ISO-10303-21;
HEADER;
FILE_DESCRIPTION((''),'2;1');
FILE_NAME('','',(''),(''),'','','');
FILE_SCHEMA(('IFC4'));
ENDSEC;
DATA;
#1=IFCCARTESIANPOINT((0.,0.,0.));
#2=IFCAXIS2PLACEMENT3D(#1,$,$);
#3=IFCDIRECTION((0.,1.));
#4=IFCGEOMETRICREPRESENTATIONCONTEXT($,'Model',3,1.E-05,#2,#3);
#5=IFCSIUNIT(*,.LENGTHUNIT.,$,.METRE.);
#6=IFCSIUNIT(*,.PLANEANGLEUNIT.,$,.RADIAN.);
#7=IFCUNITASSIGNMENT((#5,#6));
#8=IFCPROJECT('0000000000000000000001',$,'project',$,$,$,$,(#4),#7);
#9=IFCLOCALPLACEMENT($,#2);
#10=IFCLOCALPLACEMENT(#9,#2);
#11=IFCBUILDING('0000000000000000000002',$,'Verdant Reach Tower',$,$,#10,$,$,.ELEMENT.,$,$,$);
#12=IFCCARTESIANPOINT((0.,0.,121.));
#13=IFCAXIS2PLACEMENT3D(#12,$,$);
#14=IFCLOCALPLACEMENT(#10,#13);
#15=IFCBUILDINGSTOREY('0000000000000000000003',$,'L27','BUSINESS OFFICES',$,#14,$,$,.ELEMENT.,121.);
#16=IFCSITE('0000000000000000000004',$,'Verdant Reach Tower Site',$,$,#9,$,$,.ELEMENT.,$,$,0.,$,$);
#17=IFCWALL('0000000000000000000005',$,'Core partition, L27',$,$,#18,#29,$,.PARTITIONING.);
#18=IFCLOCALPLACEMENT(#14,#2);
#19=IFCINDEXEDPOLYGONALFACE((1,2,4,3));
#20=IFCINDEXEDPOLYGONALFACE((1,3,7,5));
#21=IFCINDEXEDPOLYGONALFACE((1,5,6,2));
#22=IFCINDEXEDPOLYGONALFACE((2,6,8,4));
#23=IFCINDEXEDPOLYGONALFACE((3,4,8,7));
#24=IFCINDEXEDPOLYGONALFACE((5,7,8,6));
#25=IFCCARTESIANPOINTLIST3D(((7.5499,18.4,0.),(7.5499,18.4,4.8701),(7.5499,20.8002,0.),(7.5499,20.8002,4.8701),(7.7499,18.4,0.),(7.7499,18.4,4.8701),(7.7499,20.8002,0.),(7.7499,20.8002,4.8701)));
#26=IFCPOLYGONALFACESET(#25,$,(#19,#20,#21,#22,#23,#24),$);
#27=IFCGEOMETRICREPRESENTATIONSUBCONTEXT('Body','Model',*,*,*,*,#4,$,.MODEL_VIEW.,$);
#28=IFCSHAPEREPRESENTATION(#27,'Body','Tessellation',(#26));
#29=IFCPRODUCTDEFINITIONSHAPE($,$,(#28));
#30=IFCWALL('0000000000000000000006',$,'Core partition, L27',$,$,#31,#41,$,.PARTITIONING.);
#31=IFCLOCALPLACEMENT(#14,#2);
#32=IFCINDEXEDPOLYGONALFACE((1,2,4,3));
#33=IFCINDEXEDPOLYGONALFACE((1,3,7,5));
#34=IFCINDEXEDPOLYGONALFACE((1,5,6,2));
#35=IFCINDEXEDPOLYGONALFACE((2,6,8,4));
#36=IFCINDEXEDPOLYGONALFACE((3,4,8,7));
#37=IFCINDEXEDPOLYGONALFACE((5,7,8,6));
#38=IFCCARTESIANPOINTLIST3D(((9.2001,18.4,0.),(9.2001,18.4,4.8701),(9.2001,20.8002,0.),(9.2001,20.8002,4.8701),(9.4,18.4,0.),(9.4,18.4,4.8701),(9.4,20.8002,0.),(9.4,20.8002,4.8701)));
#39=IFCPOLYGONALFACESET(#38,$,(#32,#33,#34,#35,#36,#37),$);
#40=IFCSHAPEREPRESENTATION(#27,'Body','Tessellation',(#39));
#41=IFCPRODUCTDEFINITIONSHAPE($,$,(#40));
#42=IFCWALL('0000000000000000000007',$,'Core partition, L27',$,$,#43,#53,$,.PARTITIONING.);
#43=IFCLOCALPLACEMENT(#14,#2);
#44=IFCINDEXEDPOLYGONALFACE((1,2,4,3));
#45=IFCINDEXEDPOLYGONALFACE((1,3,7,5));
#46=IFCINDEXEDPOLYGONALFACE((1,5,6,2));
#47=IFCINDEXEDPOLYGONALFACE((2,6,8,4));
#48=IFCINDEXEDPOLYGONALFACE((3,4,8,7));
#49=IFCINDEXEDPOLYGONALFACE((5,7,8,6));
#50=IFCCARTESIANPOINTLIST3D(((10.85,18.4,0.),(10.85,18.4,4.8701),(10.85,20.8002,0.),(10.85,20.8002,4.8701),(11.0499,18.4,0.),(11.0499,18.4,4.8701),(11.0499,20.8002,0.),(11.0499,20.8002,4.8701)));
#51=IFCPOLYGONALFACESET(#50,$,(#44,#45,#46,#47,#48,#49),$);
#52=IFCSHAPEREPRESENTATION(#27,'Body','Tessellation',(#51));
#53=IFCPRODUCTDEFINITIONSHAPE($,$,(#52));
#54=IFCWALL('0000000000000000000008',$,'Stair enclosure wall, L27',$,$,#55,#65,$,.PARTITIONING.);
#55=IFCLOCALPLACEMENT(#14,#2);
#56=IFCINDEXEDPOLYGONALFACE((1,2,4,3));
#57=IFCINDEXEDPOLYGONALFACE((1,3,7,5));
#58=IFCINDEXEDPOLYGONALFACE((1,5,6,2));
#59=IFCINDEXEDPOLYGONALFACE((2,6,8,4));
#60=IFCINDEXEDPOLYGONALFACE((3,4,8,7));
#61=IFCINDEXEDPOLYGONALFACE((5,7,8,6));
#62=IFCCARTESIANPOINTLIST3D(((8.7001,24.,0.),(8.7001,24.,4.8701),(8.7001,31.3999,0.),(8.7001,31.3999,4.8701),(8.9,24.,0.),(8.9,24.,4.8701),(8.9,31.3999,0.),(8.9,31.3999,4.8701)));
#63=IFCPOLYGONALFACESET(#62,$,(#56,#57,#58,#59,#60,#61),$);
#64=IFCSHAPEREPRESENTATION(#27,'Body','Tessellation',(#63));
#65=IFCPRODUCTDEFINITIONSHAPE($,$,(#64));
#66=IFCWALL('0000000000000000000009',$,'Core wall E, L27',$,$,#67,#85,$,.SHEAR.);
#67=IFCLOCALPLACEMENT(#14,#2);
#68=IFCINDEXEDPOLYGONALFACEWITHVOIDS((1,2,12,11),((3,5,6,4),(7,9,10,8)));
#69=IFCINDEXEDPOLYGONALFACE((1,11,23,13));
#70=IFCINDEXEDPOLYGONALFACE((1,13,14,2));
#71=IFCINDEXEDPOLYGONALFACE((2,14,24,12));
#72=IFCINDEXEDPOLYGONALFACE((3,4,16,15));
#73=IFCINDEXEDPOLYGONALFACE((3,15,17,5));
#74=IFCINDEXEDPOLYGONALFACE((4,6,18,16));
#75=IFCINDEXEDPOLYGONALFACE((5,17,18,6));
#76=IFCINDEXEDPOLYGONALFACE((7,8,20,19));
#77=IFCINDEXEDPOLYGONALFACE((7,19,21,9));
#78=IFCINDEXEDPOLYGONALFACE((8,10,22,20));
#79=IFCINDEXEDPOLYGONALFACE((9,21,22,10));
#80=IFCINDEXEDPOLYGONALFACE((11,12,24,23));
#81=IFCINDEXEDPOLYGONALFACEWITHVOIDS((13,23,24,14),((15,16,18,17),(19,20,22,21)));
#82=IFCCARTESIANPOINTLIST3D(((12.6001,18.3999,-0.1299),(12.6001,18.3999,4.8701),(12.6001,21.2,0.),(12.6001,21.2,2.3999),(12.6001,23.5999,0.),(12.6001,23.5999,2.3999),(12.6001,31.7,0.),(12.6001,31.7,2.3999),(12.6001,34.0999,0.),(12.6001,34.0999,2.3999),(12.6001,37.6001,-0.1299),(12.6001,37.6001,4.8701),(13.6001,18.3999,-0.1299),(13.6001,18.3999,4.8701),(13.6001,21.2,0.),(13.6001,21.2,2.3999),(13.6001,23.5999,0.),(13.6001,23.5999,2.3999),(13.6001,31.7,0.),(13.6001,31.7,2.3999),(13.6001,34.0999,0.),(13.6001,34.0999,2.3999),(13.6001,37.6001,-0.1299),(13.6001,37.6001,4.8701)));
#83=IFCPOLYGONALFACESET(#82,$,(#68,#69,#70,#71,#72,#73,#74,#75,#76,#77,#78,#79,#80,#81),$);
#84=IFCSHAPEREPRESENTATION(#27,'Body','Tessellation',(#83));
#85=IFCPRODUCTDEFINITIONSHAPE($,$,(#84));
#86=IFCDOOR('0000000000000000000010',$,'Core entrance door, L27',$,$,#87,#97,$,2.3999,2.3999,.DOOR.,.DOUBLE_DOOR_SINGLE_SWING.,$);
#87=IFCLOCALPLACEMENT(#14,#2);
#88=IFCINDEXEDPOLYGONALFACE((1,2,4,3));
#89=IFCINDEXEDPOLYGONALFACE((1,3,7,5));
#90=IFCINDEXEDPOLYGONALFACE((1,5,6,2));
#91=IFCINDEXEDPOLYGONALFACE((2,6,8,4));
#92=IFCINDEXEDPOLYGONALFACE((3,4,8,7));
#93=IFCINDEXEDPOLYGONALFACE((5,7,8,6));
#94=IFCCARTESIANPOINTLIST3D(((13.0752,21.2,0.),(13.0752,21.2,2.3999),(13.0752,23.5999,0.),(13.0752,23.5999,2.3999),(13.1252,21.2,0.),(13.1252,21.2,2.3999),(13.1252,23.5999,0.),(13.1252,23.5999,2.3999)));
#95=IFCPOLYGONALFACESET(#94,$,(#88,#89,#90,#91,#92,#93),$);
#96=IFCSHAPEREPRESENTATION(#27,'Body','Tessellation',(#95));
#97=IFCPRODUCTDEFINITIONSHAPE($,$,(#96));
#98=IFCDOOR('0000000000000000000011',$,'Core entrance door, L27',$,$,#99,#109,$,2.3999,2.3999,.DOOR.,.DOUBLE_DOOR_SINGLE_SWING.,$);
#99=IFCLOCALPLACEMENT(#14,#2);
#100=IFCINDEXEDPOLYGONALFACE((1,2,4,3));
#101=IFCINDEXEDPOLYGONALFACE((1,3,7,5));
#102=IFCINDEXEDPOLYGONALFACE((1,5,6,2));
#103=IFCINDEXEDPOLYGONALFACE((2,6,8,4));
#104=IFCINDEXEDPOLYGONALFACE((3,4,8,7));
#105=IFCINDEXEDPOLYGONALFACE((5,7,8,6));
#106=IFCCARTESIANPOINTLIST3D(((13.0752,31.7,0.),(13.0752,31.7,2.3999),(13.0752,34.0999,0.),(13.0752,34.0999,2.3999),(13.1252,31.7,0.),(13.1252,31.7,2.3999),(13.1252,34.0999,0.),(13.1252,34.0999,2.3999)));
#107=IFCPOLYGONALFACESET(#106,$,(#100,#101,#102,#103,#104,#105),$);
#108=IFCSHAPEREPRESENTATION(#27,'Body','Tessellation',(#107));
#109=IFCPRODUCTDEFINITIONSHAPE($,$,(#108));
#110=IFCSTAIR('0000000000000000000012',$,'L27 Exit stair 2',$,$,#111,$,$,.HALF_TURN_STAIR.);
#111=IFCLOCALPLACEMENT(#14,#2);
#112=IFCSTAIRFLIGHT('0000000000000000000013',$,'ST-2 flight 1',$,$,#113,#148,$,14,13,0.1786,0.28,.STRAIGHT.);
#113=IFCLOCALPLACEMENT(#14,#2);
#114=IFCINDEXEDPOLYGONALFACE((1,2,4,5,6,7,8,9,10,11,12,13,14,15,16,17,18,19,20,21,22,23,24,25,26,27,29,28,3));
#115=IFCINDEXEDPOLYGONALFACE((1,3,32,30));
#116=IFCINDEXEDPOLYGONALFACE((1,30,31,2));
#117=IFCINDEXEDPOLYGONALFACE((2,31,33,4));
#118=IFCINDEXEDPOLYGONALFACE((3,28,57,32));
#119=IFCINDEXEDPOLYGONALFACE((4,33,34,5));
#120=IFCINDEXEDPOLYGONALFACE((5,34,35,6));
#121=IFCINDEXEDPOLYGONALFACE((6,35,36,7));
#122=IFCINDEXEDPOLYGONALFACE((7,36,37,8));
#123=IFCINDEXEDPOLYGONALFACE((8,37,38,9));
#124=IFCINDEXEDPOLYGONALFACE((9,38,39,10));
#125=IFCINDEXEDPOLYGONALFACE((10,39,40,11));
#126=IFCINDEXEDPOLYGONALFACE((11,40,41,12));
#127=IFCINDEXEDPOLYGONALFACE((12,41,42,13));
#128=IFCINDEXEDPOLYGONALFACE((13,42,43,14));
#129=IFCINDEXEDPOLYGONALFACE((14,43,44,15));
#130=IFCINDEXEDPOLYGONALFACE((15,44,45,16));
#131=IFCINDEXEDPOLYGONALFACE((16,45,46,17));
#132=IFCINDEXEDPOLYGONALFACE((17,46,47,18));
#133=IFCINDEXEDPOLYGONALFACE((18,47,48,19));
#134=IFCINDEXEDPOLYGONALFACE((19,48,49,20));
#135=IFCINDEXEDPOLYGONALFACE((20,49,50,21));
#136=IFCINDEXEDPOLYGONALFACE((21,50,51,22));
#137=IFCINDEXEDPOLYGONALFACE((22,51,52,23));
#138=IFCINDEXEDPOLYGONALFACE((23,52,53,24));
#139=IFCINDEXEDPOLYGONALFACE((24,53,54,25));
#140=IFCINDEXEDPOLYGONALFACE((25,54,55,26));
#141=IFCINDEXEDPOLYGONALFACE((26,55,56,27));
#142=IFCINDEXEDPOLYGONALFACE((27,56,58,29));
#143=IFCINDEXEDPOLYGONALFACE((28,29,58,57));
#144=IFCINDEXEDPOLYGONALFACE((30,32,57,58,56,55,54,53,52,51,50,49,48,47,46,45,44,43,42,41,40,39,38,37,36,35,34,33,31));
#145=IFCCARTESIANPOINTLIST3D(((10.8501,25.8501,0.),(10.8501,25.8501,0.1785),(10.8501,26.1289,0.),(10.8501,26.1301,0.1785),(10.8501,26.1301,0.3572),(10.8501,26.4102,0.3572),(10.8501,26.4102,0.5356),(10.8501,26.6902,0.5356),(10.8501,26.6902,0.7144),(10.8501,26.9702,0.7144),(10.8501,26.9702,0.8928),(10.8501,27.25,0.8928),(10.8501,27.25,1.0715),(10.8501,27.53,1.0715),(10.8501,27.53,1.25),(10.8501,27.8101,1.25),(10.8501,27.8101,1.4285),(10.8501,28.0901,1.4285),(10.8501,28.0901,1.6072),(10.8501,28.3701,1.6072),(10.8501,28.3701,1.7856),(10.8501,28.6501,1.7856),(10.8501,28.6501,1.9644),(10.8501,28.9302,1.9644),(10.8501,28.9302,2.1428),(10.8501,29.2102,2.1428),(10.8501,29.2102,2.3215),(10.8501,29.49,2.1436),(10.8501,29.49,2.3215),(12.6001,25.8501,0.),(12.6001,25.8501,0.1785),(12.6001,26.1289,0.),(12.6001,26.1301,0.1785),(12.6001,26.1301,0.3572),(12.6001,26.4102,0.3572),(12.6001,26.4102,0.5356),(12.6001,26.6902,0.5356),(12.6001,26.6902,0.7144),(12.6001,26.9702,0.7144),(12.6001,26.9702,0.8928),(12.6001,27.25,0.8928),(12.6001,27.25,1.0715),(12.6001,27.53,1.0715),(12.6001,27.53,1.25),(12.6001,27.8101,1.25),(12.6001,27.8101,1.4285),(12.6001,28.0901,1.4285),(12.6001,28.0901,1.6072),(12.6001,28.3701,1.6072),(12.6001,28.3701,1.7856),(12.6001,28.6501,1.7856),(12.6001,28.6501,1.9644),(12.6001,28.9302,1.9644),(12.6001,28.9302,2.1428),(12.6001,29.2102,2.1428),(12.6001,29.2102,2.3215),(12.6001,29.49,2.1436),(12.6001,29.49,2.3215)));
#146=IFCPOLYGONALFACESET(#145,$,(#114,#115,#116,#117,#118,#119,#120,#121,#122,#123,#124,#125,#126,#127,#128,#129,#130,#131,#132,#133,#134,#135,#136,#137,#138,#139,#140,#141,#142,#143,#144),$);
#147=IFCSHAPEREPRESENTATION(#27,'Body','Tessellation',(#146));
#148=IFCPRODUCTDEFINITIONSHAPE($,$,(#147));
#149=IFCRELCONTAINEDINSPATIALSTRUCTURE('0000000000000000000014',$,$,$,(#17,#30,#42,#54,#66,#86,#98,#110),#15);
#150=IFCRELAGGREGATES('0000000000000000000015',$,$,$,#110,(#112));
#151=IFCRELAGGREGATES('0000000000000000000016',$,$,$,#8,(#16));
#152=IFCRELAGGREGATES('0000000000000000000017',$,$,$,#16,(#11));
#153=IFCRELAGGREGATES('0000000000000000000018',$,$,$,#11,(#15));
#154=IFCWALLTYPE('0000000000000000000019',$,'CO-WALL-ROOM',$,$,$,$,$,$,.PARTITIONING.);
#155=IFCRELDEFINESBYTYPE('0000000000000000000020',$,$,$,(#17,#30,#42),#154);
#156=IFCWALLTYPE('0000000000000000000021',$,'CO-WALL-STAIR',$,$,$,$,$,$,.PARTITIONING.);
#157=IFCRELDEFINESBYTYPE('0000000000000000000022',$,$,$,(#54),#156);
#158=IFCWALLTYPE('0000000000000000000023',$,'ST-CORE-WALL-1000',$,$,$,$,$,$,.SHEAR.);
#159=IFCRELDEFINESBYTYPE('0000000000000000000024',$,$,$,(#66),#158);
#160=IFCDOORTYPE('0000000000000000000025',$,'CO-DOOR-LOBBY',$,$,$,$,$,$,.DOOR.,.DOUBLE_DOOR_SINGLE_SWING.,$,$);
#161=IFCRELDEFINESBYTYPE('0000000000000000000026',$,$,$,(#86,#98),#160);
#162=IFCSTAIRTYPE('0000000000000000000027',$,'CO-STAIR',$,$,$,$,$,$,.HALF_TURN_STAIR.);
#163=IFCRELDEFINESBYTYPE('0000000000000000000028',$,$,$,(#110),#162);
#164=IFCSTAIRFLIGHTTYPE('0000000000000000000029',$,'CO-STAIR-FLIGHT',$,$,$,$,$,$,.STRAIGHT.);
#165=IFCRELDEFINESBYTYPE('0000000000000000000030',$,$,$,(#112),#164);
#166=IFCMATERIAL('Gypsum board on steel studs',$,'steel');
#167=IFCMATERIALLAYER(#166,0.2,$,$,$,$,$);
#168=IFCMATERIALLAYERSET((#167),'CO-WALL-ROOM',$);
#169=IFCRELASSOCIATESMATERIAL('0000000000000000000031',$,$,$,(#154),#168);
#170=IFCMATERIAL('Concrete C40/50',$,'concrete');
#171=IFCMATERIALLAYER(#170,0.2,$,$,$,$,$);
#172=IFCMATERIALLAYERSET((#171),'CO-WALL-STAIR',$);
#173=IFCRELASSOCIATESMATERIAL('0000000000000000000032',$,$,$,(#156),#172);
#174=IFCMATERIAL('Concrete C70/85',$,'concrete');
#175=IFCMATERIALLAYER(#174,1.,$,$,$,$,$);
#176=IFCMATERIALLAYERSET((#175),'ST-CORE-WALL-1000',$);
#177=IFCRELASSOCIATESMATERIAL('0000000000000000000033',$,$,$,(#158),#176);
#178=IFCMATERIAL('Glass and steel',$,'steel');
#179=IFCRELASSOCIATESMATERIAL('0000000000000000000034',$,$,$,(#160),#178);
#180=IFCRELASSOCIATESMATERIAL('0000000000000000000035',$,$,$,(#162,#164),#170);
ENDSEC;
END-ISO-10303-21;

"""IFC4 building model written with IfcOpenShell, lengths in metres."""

from ifc_helpers import new_model, si_unit, direction, frame, frame_2d, origin, place, context, subcontext, project, spatial, polyline, rectangle, outline, extrude, material, layer, layer_set, type_object, element, fill, aggregate, save


model = new_model("IFC4")

# Units and contexts
model_context = context("Model", 3, precision=1e-05, world=origin(), true_north=direction((0.0, 1.0)))
body_context = subcontext(model_context, "Body", "Model", "MODEL_VIEW")
ifc_project = project(units=[si_unit("LENGTHUNIT", "METRE"), si_unit("PLANEANGLEUNIT", "RADIAN")], contexts=[model_context])

# Site, building, storey
site_placement = place(None, origin())
site = spatial("IfcSite", under=ifc_project, at=site_placement, Name="Verdant Reach Tower Site", CompositionType="ELEMENT", RefElevation=0.0)
building_placement = place(site_placement, origin())
building = spatial("IfcBuilding", under=site, at=building_placement, Name="Verdant Reach Tower", CompositionType="ELEMENT")
storey_placement = place(building_placement, frame((0.0, 0.0, 121.0)))
storey = spatial("IfcBuildingStorey", under=building, at=storey_placement, Name="L27", Description="BUSINESS OFFICES", CompositionType="ELEMENT", Elevation=121.0)

# Walls
ifc_material_1 = material(Name="Gypsum board on steel studs", Category="steel")
ifc_layer_1 = layer(ifc_material_1, 0.2)
ifc_layer_set_1 = layer_set([ifc_layer_1], Name="CO-WALL-ROOM")
wall_type_1 = type_object("IfcWallType", Name="CO-WALL-ROOM", PredefinedType="PARTITIONING", material=ifc_layer_set_1)
for number, where, z_axis, x_axis, name in (
    (1, (7.6499, 18.3999, 0.0), (0.0, 0.0, 1.0), (0.0, 1.0, 0.0), "Core partition, L27"),
    (2, (9.3, 18.3999, 0.0), (0.0, 0.0, 1.0), (0.0, 1.0, 0.0), "Core partition, L27"),
    (3, (10.95, 18.3999, 0.0), (0.0, 0.0, 1.0), (0.0, 1.0, 0.0), "Core partition, L27"),
):
    element("IfcWall", number, at=place(storey_placement, frame(where, z_axis=z_axis, x_axis=x_axis)), inside=storey, type_object=wall_type_1, Name=name, PredefinedType="PARTITIONING", context=body_context, shape_type="SweptSolid", body=[
        extrude(rectangle(XDim=2.4001, YDim=0.2, at=frame_2d((1.2002, 0.0))), origin(), (0.0, 0.0, 1.0), 4.8701),
    ])
ifc_material_2 = material(Name="Concrete C40/50", Category="concrete")
ifc_layer_2 = layer(ifc_material_2, 0.2)
ifc_layer_set_2 = layer_set([ifc_layer_2], Name="CO-WALL-STAIR")
wall_type_2 = type_object("IfcWallType", Name="CO-WALL-STAIR", PredefinedType="PARTITIONING", material=ifc_layer_set_2)
wall_1_placement = place(storey_placement, frame((8.8, 24.0, 0.0), z_axis=(0.0, 0.0, 1.0), x_axis=(0.0, 1.0, 0.0)))
element("IfcWall", 4, at=wall_1_placement, inside=storey, type_object=wall_type_2, Name="Stair enclosure wall, L27", PredefinedType="PARTITIONING", context=body_context, shape_type="SweptSolid", body=[
    extrude(rectangle(XDim=7.3999, YDim=0.2, at=frame_2d((3.7, 0.0))), origin(), (0.0, 0.0, 1.0), 4.8701),
])

# Wall, openings, doors
ifc_material_3 = material(Name="Concrete C70/85", Category="concrete")
ifc_layer_3 = layer(ifc_material_3, 1.0)
ifc_layer_set_3 = layer_set([ifc_layer_3], Name="ST-CORE-WALL-1000")
wall_type_3 = type_object("IfcWallType", Name="ST-CORE-WALL-1000", PredefinedType="SHEAR", material=ifc_layer_set_3)
wall_2_placement = place(storey_placement, frame((13.1001, 18.3999, -0.1299), z_axis=(0.0, 0.0, 1.0), x_axis=(0.0, 1.0, 0.0)))
wall_2 = element("IfcWall", 5, at=wall_2_placement, inside=storey, type_object=wall_type_3, Name="Core wall E, L27", PredefinedType="SHEAR", context=body_context, shape_type="SweptSolid", body=[
    extrude(rectangle(XDim=19.2002, YDim=1.0, at=frame_2d((9.6001, 0.0))), origin(), (0.0, 0.0, 1.0), 5.0),
])
opening_1_placement = place(wall_2_placement, frame((2.8, 0.0, 0.1299)))
opening_1 = element("IfcOpeningElement", 6, at=opening_1_placement, cuts=wall_2, PredefinedType="OPENING", context=body_context, shape_type="SweptSolid", body=[
    extrude(rectangle(XDim=2.3999, YDim=2.3999, at=frame_2d((1.2, 1.2))), frame((0.0, 0.51, 0.0), z_axis=(0.0, -1.0, 0.0), x_axis=(1.0, 0.0, 0.0)), (0.0, 0.0, 1.0), 1.02),
])
opening_2_placement = place(wall_2_placement, frame((13.3, 0.0, 0.1299)))
opening_2 = element("IfcOpeningElement", 7, at=opening_2_placement, cuts=wall_2, PredefinedType="OPENING", context=body_context, shape_type="SweptSolid", body=[
    extrude(rectangle(XDim=2.3999, YDim=2.3999, at=frame_2d((1.2, 1.2))), frame((0.0, 0.51, 0.0), z_axis=(0.0, -1.0, 0.0), x_axis=(1.0, 0.0, 0.0)), (0.0, 0.0, 1.0), 1.02),
])
ifc_material_4 = material(Name="Glass and steel", Category="steel")
door_type = type_object("IfcDoorType", Name="CO-DOOR-LOBBY", OperationType="DOUBLE_DOOR_SINGLE_SWING", PredefinedType="DOOR", material=ifc_material_4)
door_1_placement = place(opening_1_placement, origin())
door_1 = element("IfcDoor", 8, at=door_1_placement, inside=storey, type_object=door_type, Name="Core entrance door, L27", OperationType="DOUBLE_DOOR_SINGLE_SWING", OverallHeight=2.3999, OverallWidth=2.3999, PredefinedType="DOOR", context=body_context, shape_type="SweptSolid", body=[
    extrude(rectangle(XDim=2.3999, YDim=2.3999, at=frame_2d((1.2, 1.2))), frame((0.0, 0.0249, 0.0), z_axis=(0.0, -1.0, 0.0), x_axis=(1.0, 0.0, 0.0)), (0.0, 0.0, 1.0), 0.05),
])
fill(opening_1, door_1)
door_2_placement = place(opening_2_placement, origin())
door_2 = element("IfcDoor", 9, at=door_2_placement, inside=storey, type_object=door_type, Name="Core entrance door, L27", OperationType="DOUBLE_DOOR_SINGLE_SWING", OverallHeight=2.3999, OverallWidth=2.3999, PredefinedType="DOOR", context=body_context, shape_type="SweptSolid", body=[
    extrude(rectangle(XDim=2.3999, YDim=2.3999, at=frame_2d((1.2, 1.2))), frame((0.0, 0.0249, 0.0), z_axis=(0.0, -1.0, 0.0), x_axis=(1.0, 0.0, 0.0)), (0.0, 0.0, 1.0), 0.05),
])
fill(opening_2, door_2)

# Stair, stair flight
stair_type = type_object("IfcStairType", Name="CO-STAIR", PredefinedType="HALF_TURN_STAIR", material=ifc_material_2)
stair_placement = place(storey_placement, origin())
stair = element("IfcStair", 10, at=stair_placement, inside=storey, type_object=stair_type, Name="L27 Exit stair 2", PredefinedType="HALF_TURN_STAIR")
stair_flight_type = type_object("IfcStairFlightType", Name="CO-STAIR-FLIGHT", PredefinedType="STRAIGHT", material=ifc_material_2)
stair_flight_1_placement = place(storey_placement, frame((11.7251, 25.8501, 0.0), z_axis=(0.0, 0.0, 1.0), x_axis=(0.0, 1.0, 0.0)))
stair_flight_1 = element("IfcStairFlight", 11, at=stair_flight_1_placement, type_object=stair_flight_type, Name="ST-2 flight 1", NumberOfRisers=14, NumberOfTreads=13, PredefinedType="STRAIGHT", RiserHeight=0.1786, TreadLength=0.28, context=body_context, shape_type="SweptSolid", body=[
    extrude(outline(polyline([(0.0, 0.0), (0.0, 0.1785), (0.28, 0.1785), (0.28, 0.3572), (0.5601, 0.3572), (0.5601, 0.5356), (0.8401, 0.5356), (0.8401, 0.7144), (1.1201, 0.7144), (1.1201, 0.8928), (1.3999, 0.8928), (1.3999, 1.0715), (1.6799, 1.0715), (1.6799, 1.25), (1.96, 1.25), (1.96, 1.4285), (2.24, 1.4285), (2.24, 1.6072), (2.52, 1.6072), (2.52, 1.7856), (2.8, 1.7856), (2.8, 1.9644), (3.0801, 1.9644), (3.0801, 2.1428), (3.3601, 2.1428), (3.3601, 2.3215), (3.6399, 2.3215), (3.6399, 2.5), (3.6399, 2.1436), (0.2788, 0.0), (0.0, 0.0)])), frame((0.0, 0.875, 0.0), z_axis=(0.0, -1.0, 0.0), x_axis=(1.0, 0.0, 0.0)), (0.0, 0.0, 1.0), 1.75),
])
aggregate(stair, [stair_flight_1])

save(model, "model.ifc")
